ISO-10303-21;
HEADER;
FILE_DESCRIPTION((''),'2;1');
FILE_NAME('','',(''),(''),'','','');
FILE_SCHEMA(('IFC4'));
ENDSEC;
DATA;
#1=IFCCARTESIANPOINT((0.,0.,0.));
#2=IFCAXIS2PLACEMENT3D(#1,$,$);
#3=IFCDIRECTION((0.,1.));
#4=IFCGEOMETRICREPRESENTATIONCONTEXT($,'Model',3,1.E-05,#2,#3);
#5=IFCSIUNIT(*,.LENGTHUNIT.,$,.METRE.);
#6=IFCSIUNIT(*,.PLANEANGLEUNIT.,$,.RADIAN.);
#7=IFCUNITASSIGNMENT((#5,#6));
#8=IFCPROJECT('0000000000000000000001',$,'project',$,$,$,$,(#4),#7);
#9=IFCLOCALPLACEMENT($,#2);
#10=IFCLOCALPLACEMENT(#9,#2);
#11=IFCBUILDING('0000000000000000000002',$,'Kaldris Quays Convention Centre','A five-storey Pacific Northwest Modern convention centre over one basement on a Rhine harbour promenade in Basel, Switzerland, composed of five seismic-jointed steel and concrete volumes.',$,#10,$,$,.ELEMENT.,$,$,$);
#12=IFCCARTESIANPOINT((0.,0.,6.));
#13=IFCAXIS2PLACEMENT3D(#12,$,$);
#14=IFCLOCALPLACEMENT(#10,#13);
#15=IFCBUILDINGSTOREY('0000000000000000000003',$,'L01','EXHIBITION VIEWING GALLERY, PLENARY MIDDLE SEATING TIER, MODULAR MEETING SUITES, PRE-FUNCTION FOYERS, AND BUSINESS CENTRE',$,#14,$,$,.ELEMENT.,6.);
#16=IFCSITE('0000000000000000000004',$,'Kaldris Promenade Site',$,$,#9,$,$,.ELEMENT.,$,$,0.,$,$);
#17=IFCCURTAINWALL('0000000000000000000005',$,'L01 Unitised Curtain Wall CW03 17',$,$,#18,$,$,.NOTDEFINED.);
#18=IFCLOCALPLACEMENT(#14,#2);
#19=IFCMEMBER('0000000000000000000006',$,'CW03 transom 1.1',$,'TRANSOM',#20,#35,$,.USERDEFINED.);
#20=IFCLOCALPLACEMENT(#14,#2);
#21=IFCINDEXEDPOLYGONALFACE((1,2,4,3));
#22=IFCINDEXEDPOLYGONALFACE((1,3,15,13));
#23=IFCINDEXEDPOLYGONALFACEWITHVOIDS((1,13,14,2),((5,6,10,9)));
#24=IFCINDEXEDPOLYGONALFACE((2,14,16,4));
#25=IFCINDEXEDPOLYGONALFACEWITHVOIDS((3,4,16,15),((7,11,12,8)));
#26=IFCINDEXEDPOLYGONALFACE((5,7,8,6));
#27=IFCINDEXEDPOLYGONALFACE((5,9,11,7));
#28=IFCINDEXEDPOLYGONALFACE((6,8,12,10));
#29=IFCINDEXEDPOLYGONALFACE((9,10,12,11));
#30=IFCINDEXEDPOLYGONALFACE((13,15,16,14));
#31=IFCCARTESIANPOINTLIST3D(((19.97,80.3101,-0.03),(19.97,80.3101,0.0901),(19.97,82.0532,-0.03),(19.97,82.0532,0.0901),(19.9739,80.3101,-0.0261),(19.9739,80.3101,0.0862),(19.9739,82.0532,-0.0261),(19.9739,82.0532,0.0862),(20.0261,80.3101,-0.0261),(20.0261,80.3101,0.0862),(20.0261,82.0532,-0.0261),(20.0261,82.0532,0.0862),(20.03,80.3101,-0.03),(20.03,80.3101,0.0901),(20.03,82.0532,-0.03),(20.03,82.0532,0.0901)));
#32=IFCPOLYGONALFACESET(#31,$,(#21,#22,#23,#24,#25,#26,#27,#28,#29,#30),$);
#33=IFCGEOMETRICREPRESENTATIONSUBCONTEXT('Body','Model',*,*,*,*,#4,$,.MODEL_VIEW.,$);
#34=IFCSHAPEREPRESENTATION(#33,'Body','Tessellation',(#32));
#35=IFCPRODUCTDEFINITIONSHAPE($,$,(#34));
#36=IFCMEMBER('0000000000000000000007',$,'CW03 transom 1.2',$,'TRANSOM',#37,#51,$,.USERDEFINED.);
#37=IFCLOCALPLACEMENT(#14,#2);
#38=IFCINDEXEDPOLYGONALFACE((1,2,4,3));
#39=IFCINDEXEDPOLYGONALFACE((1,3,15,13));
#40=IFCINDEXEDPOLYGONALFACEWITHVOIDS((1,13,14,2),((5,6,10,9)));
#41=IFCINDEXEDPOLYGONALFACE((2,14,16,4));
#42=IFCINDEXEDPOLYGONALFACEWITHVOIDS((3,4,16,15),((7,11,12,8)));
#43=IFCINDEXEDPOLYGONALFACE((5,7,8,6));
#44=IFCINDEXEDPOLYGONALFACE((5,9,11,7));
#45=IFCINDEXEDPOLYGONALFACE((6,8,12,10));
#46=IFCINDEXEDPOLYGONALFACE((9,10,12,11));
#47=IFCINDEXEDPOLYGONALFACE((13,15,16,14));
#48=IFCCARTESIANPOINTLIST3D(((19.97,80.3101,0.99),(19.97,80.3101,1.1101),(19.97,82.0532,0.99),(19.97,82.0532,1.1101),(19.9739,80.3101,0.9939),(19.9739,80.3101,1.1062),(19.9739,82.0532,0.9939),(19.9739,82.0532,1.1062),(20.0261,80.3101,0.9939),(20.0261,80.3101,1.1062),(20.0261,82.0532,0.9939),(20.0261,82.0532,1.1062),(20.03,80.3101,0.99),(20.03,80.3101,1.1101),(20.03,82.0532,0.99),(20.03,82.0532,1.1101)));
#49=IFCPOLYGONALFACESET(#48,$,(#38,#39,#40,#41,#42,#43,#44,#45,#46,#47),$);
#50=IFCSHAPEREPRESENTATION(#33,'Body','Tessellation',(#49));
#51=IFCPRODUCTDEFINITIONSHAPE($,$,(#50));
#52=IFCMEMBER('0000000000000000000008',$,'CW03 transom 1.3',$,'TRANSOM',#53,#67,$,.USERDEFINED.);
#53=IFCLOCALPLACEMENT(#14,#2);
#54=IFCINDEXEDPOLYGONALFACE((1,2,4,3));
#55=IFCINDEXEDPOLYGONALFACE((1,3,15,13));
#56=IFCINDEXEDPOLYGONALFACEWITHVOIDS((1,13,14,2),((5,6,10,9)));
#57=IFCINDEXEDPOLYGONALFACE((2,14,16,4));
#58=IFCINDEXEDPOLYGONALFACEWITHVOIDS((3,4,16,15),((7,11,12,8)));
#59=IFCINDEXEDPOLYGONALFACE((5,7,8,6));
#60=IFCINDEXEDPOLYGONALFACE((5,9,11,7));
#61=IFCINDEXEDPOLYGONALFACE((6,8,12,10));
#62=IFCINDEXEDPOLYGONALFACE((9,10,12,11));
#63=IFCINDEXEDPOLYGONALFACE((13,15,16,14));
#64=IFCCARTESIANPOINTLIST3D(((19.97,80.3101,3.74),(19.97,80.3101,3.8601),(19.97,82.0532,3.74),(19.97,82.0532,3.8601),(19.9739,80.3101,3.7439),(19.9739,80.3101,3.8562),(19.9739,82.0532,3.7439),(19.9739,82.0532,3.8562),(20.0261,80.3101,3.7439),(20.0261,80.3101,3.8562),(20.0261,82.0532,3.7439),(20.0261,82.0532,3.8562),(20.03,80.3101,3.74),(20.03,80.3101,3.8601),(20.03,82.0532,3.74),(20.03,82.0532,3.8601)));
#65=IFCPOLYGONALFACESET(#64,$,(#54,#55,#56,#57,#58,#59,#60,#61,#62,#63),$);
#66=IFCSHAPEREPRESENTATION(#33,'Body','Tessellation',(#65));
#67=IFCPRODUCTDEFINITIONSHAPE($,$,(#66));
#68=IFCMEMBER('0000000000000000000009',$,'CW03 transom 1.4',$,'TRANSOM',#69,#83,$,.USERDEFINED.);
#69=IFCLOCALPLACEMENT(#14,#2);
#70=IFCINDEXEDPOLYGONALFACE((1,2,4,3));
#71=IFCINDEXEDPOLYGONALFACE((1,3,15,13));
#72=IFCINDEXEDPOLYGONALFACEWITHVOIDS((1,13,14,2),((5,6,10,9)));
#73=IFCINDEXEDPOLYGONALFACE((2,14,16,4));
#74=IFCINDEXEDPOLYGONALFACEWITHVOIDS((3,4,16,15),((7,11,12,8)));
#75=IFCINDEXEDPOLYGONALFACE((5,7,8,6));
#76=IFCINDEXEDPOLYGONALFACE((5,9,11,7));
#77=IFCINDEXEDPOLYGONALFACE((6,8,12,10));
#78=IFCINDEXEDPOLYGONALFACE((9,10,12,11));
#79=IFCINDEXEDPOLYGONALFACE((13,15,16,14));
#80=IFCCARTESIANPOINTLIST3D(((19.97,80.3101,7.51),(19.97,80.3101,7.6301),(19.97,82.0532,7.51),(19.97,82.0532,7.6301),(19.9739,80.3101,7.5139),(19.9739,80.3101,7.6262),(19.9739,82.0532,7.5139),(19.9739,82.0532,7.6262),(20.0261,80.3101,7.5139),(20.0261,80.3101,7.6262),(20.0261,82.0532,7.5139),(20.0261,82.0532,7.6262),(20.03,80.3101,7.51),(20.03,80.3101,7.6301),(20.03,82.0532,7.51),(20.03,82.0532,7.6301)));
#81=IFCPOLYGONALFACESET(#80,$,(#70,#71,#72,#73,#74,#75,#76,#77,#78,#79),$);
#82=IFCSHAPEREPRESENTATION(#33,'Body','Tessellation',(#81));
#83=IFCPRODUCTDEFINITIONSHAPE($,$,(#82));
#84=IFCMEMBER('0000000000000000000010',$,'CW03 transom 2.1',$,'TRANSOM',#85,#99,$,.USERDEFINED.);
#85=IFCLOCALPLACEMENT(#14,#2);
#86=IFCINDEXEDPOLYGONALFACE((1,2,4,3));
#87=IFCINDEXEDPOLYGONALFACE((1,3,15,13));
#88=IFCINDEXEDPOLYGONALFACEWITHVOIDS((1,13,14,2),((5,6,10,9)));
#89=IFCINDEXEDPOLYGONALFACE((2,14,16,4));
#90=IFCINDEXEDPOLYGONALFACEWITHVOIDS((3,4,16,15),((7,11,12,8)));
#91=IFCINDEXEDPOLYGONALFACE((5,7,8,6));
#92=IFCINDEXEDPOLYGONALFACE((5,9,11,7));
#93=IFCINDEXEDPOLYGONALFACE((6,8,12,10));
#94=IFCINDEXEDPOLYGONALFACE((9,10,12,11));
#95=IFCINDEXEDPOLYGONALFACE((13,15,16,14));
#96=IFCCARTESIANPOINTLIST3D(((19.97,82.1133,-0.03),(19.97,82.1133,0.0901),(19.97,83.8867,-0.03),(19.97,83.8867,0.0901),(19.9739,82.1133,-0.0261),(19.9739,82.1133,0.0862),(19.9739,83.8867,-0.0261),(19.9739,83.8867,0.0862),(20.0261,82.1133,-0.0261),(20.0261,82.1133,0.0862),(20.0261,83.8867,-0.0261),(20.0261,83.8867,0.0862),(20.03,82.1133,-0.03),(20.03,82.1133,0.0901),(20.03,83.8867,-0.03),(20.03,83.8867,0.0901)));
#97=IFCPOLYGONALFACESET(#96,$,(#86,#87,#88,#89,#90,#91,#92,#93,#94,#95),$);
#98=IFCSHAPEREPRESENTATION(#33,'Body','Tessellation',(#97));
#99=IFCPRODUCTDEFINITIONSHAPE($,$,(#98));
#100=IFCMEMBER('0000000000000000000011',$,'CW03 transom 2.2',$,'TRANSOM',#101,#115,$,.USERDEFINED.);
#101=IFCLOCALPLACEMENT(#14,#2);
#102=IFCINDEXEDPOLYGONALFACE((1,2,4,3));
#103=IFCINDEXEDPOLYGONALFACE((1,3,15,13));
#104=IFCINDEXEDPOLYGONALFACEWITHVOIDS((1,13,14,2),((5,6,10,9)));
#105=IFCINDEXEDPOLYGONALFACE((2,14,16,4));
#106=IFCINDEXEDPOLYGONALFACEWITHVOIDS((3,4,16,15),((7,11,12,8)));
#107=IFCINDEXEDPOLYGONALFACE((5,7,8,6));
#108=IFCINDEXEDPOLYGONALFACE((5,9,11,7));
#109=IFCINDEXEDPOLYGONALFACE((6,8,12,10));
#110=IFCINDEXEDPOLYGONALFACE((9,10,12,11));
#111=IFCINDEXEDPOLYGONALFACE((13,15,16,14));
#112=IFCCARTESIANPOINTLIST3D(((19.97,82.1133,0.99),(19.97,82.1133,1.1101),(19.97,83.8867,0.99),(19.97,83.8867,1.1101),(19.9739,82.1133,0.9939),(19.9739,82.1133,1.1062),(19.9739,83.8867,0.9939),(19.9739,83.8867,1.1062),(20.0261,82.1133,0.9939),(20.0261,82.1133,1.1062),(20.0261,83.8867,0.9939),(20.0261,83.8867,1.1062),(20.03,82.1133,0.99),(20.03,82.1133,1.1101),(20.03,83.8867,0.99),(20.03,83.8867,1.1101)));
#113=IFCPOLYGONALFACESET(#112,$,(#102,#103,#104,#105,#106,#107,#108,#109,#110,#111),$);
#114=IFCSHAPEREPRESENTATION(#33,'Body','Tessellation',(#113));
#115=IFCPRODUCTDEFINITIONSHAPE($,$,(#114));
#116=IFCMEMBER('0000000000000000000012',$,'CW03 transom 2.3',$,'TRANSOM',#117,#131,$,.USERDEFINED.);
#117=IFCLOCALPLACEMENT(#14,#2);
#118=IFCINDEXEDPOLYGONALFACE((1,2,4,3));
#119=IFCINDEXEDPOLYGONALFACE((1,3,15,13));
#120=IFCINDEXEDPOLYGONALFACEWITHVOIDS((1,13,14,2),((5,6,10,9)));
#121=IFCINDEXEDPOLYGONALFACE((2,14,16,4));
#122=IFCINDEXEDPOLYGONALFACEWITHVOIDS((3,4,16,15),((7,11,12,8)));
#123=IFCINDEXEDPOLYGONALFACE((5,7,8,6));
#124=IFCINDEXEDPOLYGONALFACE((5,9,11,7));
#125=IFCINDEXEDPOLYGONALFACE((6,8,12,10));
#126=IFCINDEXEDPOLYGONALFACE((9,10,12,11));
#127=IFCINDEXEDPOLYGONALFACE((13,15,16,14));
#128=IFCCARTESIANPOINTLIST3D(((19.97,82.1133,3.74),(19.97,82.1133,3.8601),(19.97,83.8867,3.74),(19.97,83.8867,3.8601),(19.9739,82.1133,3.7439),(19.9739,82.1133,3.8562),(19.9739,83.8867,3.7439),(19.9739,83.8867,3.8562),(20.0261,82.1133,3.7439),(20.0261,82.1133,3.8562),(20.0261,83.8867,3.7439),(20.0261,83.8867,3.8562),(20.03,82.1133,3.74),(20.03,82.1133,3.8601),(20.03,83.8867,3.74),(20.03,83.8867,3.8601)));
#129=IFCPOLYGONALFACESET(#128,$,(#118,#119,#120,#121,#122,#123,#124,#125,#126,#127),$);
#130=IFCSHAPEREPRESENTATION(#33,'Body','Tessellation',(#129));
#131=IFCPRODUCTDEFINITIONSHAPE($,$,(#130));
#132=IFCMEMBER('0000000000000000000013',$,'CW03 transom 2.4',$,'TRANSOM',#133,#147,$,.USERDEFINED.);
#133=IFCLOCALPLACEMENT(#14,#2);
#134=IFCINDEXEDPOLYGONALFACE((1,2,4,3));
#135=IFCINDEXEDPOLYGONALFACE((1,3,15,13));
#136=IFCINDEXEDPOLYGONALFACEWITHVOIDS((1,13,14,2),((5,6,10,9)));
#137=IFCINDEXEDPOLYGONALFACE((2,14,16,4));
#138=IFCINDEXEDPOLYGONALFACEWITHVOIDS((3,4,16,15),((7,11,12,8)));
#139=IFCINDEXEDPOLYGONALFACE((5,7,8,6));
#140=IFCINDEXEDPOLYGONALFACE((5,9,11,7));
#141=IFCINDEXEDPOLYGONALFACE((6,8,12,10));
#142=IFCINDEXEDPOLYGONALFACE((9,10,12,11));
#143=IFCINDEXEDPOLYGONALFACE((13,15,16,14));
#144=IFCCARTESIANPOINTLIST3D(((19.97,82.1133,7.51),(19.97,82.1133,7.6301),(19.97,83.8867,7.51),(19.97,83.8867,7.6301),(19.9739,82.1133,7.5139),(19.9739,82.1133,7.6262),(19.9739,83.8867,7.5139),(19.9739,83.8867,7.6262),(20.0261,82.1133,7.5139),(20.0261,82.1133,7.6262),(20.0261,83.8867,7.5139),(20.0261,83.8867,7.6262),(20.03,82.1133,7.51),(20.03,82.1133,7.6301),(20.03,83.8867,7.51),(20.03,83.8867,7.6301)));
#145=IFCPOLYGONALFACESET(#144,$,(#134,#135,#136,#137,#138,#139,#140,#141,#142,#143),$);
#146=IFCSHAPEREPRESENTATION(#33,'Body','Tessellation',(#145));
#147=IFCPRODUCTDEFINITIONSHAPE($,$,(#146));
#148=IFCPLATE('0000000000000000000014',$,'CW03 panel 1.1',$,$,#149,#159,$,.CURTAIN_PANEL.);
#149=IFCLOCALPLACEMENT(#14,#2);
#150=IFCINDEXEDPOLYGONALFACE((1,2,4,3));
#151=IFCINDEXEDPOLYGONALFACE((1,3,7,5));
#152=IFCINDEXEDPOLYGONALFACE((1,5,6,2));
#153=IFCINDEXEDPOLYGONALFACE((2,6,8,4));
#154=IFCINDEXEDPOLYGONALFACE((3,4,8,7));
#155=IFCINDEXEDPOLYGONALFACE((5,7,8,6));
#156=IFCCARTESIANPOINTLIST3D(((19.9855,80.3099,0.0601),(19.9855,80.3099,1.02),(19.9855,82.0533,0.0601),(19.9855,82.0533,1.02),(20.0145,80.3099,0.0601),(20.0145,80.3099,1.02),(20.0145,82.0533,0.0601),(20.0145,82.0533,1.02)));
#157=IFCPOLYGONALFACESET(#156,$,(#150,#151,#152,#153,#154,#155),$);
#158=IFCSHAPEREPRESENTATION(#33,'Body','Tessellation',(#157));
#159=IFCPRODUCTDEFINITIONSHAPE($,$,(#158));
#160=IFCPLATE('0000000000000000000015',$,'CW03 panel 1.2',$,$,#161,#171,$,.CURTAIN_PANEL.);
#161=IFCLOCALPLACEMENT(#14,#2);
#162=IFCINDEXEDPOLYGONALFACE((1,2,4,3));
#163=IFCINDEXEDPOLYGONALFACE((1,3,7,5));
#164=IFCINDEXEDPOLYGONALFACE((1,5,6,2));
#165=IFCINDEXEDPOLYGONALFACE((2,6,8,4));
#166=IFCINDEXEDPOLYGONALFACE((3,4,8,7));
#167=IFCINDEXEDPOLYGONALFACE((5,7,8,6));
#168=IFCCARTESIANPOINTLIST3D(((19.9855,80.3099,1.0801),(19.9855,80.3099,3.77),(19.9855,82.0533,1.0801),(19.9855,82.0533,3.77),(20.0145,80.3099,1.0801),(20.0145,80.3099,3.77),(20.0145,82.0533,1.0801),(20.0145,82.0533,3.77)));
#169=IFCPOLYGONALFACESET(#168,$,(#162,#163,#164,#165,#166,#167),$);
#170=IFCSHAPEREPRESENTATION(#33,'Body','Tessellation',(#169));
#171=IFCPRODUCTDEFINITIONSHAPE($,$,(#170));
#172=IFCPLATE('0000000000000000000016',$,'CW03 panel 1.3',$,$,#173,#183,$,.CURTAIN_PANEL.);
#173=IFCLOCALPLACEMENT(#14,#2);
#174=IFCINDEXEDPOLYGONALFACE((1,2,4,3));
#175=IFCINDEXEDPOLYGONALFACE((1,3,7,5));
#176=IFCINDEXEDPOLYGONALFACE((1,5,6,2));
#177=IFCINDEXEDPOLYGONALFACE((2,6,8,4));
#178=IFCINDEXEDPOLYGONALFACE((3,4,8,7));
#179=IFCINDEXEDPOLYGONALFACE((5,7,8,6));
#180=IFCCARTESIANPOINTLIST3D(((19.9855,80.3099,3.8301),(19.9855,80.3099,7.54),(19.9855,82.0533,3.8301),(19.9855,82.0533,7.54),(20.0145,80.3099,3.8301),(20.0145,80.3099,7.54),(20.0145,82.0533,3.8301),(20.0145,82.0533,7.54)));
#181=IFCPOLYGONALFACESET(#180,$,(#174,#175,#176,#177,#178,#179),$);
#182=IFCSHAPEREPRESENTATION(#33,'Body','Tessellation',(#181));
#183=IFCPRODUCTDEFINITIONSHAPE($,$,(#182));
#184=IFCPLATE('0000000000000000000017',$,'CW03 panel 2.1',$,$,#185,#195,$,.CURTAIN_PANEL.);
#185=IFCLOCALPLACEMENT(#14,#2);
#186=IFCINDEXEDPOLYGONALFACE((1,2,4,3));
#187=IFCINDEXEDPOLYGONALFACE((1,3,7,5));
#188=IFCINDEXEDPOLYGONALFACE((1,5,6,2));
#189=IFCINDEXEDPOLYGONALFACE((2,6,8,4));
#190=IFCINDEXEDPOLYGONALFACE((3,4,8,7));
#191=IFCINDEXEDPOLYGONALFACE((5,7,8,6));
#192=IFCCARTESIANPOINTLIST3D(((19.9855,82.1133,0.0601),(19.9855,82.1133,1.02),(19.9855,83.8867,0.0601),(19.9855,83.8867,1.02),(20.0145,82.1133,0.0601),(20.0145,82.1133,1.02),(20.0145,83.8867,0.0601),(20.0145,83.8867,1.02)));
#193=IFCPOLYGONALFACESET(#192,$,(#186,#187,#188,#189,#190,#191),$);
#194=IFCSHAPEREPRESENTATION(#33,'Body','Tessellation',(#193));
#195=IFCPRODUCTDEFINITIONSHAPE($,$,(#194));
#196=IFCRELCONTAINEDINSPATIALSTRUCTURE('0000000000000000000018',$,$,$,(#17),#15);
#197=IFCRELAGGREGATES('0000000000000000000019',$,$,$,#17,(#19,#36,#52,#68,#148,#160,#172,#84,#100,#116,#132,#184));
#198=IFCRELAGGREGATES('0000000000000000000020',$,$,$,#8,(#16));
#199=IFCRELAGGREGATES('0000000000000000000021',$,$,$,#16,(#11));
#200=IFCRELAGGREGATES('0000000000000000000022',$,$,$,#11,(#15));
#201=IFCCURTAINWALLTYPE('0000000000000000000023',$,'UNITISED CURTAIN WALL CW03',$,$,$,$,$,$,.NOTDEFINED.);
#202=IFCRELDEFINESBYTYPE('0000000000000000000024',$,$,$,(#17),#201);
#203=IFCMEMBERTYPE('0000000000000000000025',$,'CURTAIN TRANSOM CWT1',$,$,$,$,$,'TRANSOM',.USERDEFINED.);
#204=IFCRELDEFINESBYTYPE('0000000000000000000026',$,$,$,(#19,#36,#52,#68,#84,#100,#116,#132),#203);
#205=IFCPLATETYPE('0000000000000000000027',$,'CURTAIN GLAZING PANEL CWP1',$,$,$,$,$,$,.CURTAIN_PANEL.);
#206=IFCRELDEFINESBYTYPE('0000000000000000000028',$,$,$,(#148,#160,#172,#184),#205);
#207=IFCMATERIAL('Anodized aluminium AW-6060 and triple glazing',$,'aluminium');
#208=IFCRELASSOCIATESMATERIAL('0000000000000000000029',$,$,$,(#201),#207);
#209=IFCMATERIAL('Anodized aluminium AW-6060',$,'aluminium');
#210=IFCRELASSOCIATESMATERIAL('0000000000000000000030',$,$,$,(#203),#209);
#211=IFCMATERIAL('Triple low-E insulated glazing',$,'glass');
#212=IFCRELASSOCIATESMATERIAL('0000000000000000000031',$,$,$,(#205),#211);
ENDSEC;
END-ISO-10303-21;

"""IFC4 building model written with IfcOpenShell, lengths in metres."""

from ifc_helpers import new_model, si_unit, direction, frame, origin, origin_2d, place, context, subcontext, project, spatial, rectangle, hollow_rectangle, extrude, material, material_profile, profile_set, type_object, element, aggregate, save


model = new_model("IFC4")

# Units and contexts
model_context = context("Model", 3, precision=1e-05, world=origin(), true_north=direction((0.0, 1.0)))
body_context = subcontext(model_context, "Body", "Model", "MODEL_VIEW")
ifc_project = project(units=[si_unit("LENGTHUNIT", "METRE"), si_unit("PLANEANGLEUNIT", "RADIAN")], contexts=[model_context])

# Site, building, storey
site_placement = place(None, origin())
site = spatial("IfcSite", under=ifc_project, at=site_placement, Name="Kaldris Promenade Site", CompositionType="ELEMENT", RefElevation=0.0)
building_placement = place(site_placement, origin())
building = spatial("IfcBuilding", under=site, at=building_placement, Name="Kaldris Quays Convention Centre", Description="A five-storey Pacific Northwest Modern convention centre over one basement on a Rhine harbour promenade in Basel, Switzerland, composed of five seismic-jointed steel and concrete volumes.", CompositionType="ELEMENT")
storey_placement = place(building_placement, frame((0.0, 0.0, 6.0)))
storey = spatial("IfcBuildingStorey", under=building, at=storey_placement, Name="L01", Description="EXHIBITION VIEWING GALLERY, PLENARY MIDDLE SEATING TIER, MODULAR MEETING SUITES, PRE-FUNCTION FOYERS, AND BUSINESS CENTRE", CompositionType="ELEMENT", Elevation=6.0)

# Shared definitions
ifc_material_1 = material(Name="Anodized aluminium AW-6060 and triple glazing", Category="aluminium")
curtain_wall_type = type_object("IfcCurtainWallType", Name="UNITISED CURTAIN WALL CW03", PredefinedType="NOTDEFINED", material=ifc_material_1)
ifc_material_2 = material(Name="Anodized aluminium AW-6060", Category="aluminium")

# Curtain wall
curtain_wall_1_placement = place(storey_placement, origin())
curtain_wall_1 = element("IfcCurtainWall", 1, at=curtain_wall_1_placement, inside=storey, type_object=curtain_wall_type, Name="L01 Unitised Curtain Wall CW03 17", PredefinedType="NOTDEFINED")

# Members
ifc_material_profile_1 = material_profile(ifc_material_2, hollow_rectangle(XDim=0.0601, YDim=0.1201, WallThickness=0.0039, at=origin_2d()), Name="RHS 120x60x4")
ifc_profile_set_1 = profile_set([ifc_material_profile_1], Name="Anodized aluminium AW-6060")
member_type_1 = type_object("IfcMemberType", Name="CURTAIN TRANSOM CWT1", ElementType="TRANSOM", PredefinedType="USERDEFINED", material=ifc_profile_set_1)
member_1_placement = place(storey_placement, frame((20.0, 80.3101, 0.03), z_axis=(0.0, 1.0, 0.0), x_axis=(-1.0, 0.0, 0.0)))
member_1 = element("IfcMember", 2, at=member_1_placement, type_object=member_type_1, Name="CW03 transom 1.1", ObjectType="TRANSOM", PredefinedType="USERDEFINED", context=body_context, shape_type="SweptSolid", body=[
    extrude(hollow_rectangle(XDim=0.0601, YDim=0.1201, WallThickness=0.0039, at=origin_2d()), origin(), (0.0, 0.0, 1.0), 1.7432),
])
member_2_placement = place(storey_placement, frame((20.0, 80.3101, 1.05), z_axis=(0.0, 1.0, 0.0), x_axis=(-1.0, 0.0, 0.0)))
member_2 = element("IfcMember", 3, at=member_2_placement, type_object=member_type_1, Name="CW03 transom 1.2", ObjectType="TRANSOM", PredefinedType="USERDEFINED", context=body_context, shape_type="SweptSolid", body=[
    extrude(hollow_rectangle(XDim=0.0601, YDim=0.1201, WallThickness=0.0039, at=origin_2d()), origin(), (0.0, 0.0, 1.0), 1.7432),
])
member_3_placement = place(storey_placement, frame((20.0, 80.3101, 3.8), z_axis=(0.0, 1.0, 0.0), x_axis=(-1.0, 0.0, 0.0)))
member_3 = element("IfcMember", 4, at=member_3_placement, type_object=member_type_1, Name="CW03 transom 1.3", ObjectType="TRANSOM", PredefinedType="USERDEFINED", context=body_context, shape_type="SweptSolid", body=[
    extrude(hollow_rectangle(XDim=0.0601, YDim=0.1201, WallThickness=0.0039, at=origin_2d()), origin(), (0.0, 0.0, 1.0), 1.7432),
])
member_4_placement = place(storey_placement, frame((20.0, 80.3101, 7.5701), z_axis=(0.0, 1.0, 0.0), x_axis=(-1.0, 0.0, 0.0)))
member_4 = element("IfcMember", 5, at=member_4_placement, type_object=member_type_1, Name="CW03 transom 1.4", ObjectType="TRANSOM", PredefinedType="USERDEFINED", context=body_context, shape_type="SweptSolid", body=[
    extrude(hollow_rectangle(XDim=0.0601, YDim=0.1201, WallThickness=0.0039, at=origin_2d()), origin(), (0.0, 0.0, 1.0), 1.7432),
])
member_5_placement = place(storey_placement, frame((20.0, 82.1133, 0.03), z_axis=(0.0, 1.0, 0.0), x_axis=(-1.0, 0.0, 0.0)))
member_5 = element("IfcMember", 6, at=member_5_placement, type_object=member_type_1, Name="CW03 transom 2.1", ObjectType="TRANSOM", PredefinedType="USERDEFINED", context=body_context, shape_type="SweptSolid", body=[
    extrude(hollow_rectangle(XDim=0.0601, YDim=0.1201, WallThickness=0.0039, at=origin_2d()), origin(), (0.0, 0.0, 1.0), 1.7734),
])
member_6_placement = place(storey_placement, frame((20.0, 82.1133, 1.05), z_axis=(0.0, 1.0, 0.0), x_axis=(-1.0, 0.0, 0.0)))
member_6 = element("IfcMember", 7, at=member_6_placement, type_object=member_type_1, Name="CW03 transom 2.2", ObjectType="TRANSOM", PredefinedType="USERDEFINED", context=body_context, shape_type="SweptSolid", body=[
    extrude(hollow_rectangle(XDim=0.0601, YDim=0.1201, WallThickness=0.0039, at=origin_2d()), origin(), (0.0, 0.0, 1.0), 1.7734),
])
member_7_placement = place(storey_placement, frame((20.0, 82.1133, 3.8), z_axis=(0.0, 1.0, 0.0), x_axis=(-1.0, 0.0, 0.0)))
member_7 = element("IfcMember", 8, at=member_7_placement, type_object=member_type_1, Name="CW03 transom 2.3", ObjectType="TRANSOM", PredefinedType="USERDEFINED", context=body_context, shape_type="SweptSolid", body=[
    extrude(hollow_rectangle(XDim=0.0601, YDim=0.1201, WallThickness=0.0039, at=origin_2d()), origin(), (0.0, 0.0, 1.0), 1.7734),
])
member_8_placement = place(storey_placement, frame((20.0, 82.1133, 7.5701), z_axis=(0.0, 1.0, 0.0), x_axis=(-1.0, 0.0, 0.0)))
member_8 = element("IfcMember", 9, at=member_8_placement, type_object=member_type_1, Name="CW03 transom 2.4", ObjectType="TRANSOM", PredefinedType="USERDEFINED", context=body_context, shape_type="SweptSolid", body=[
    extrude(hollow_rectangle(XDim=0.0601, YDim=0.1201, WallThickness=0.0039, at=origin_2d()), origin(), (0.0, 0.0, 1.0), 1.7734),
])

# Plates
ifc_material_3 = material(Name="Triple low-E insulated glazing", Category="glass")
plate_type_1 = type_object("IfcPlateType", Name="CURTAIN GLAZING PANEL CWP1", PredefinedType="CURTAIN_PANEL", material=ifc_material_3)
plate_1_placement = place(storey_placement, frame((20.0, 81.1816, 0.0601), z_axis=(0.0, 0.0, 1.0), x_axis=(0.0, 1.0, 0.0)))
plate_1 = element("IfcPlate", 10, at=plate_1_placement, type_object=plate_type_1, Name="CW03 panel 1.1", PredefinedType="CURTAIN_PANEL", context=body_context, shape_type="SweptSolid", body=[
    extrude(rectangle(XDim=1.7434, YDim=0.0291, at=origin_2d()), origin(), (0.0, 0.0, 1.0), 0.96),
])
plate_2_placement = place(storey_placement, frame((20.0, 81.1816, 1.0801), z_axis=(0.0, 0.0, 1.0), x_axis=(0.0, 1.0, 0.0)))
plate_2 = element("IfcPlate", 11, at=plate_2_placement, type_object=plate_type_1, Name="CW03 panel 1.2", PredefinedType="CURTAIN_PANEL", context=body_context, shape_type="SweptSolid", body=[
    extrude(rectangle(XDim=1.7434, YDim=0.0291, at=origin_2d()), origin(), (0.0, 0.0, 1.0), 2.6899),
])
plate_3_placement = place(storey_placement, frame((20.0, 81.1816, 3.8301), z_axis=(0.0, 0.0, 1.0), x_axis=(0.0, 1.0, 0.0)))
plate_3 = element("IfcPlate", 12, at=plate_3_placement, type_object=plate_type_1, Name="CW03 panel 1.3", PredefinedType="CURTAIN_PANEL", context=body_context, shape_type="SweptSolid", body=[
    extrude(rectangle(XDim=1.7434, YDim=0.0291, at=origin_2d()), origin(), (0.0, 0.0, 1.0), 3.71),
])
plate_4_placement = place(storey_placement, frame((20.0, 83.0, 0.0601), z_axis=(0.0, 0.0, 1.0), x_axis=(0.0, 1.0, 0.0)))
plate_4 = element("IfcPlate", 13, at=plate_4_placement, type_object=plate_type_1, Name="CW03 panel 2.1", PredefinedType="CURTAIN_PANEL", context=body_context, shape_type="SweptSolid", body=[
    extrude(rectangle(XDim=1.7734, YDim=0.0291, at=origin_2d()), origin(), (0.0, 0.0, 1.0), 0.96),
])
aggregate(curtain_wall_1, [member_1, member_2, member_3, member_4, plate_1, plate_2, plate_3, member_5, member_6, member_7, member_8, plate_4])

save(model, "model.ifc")
